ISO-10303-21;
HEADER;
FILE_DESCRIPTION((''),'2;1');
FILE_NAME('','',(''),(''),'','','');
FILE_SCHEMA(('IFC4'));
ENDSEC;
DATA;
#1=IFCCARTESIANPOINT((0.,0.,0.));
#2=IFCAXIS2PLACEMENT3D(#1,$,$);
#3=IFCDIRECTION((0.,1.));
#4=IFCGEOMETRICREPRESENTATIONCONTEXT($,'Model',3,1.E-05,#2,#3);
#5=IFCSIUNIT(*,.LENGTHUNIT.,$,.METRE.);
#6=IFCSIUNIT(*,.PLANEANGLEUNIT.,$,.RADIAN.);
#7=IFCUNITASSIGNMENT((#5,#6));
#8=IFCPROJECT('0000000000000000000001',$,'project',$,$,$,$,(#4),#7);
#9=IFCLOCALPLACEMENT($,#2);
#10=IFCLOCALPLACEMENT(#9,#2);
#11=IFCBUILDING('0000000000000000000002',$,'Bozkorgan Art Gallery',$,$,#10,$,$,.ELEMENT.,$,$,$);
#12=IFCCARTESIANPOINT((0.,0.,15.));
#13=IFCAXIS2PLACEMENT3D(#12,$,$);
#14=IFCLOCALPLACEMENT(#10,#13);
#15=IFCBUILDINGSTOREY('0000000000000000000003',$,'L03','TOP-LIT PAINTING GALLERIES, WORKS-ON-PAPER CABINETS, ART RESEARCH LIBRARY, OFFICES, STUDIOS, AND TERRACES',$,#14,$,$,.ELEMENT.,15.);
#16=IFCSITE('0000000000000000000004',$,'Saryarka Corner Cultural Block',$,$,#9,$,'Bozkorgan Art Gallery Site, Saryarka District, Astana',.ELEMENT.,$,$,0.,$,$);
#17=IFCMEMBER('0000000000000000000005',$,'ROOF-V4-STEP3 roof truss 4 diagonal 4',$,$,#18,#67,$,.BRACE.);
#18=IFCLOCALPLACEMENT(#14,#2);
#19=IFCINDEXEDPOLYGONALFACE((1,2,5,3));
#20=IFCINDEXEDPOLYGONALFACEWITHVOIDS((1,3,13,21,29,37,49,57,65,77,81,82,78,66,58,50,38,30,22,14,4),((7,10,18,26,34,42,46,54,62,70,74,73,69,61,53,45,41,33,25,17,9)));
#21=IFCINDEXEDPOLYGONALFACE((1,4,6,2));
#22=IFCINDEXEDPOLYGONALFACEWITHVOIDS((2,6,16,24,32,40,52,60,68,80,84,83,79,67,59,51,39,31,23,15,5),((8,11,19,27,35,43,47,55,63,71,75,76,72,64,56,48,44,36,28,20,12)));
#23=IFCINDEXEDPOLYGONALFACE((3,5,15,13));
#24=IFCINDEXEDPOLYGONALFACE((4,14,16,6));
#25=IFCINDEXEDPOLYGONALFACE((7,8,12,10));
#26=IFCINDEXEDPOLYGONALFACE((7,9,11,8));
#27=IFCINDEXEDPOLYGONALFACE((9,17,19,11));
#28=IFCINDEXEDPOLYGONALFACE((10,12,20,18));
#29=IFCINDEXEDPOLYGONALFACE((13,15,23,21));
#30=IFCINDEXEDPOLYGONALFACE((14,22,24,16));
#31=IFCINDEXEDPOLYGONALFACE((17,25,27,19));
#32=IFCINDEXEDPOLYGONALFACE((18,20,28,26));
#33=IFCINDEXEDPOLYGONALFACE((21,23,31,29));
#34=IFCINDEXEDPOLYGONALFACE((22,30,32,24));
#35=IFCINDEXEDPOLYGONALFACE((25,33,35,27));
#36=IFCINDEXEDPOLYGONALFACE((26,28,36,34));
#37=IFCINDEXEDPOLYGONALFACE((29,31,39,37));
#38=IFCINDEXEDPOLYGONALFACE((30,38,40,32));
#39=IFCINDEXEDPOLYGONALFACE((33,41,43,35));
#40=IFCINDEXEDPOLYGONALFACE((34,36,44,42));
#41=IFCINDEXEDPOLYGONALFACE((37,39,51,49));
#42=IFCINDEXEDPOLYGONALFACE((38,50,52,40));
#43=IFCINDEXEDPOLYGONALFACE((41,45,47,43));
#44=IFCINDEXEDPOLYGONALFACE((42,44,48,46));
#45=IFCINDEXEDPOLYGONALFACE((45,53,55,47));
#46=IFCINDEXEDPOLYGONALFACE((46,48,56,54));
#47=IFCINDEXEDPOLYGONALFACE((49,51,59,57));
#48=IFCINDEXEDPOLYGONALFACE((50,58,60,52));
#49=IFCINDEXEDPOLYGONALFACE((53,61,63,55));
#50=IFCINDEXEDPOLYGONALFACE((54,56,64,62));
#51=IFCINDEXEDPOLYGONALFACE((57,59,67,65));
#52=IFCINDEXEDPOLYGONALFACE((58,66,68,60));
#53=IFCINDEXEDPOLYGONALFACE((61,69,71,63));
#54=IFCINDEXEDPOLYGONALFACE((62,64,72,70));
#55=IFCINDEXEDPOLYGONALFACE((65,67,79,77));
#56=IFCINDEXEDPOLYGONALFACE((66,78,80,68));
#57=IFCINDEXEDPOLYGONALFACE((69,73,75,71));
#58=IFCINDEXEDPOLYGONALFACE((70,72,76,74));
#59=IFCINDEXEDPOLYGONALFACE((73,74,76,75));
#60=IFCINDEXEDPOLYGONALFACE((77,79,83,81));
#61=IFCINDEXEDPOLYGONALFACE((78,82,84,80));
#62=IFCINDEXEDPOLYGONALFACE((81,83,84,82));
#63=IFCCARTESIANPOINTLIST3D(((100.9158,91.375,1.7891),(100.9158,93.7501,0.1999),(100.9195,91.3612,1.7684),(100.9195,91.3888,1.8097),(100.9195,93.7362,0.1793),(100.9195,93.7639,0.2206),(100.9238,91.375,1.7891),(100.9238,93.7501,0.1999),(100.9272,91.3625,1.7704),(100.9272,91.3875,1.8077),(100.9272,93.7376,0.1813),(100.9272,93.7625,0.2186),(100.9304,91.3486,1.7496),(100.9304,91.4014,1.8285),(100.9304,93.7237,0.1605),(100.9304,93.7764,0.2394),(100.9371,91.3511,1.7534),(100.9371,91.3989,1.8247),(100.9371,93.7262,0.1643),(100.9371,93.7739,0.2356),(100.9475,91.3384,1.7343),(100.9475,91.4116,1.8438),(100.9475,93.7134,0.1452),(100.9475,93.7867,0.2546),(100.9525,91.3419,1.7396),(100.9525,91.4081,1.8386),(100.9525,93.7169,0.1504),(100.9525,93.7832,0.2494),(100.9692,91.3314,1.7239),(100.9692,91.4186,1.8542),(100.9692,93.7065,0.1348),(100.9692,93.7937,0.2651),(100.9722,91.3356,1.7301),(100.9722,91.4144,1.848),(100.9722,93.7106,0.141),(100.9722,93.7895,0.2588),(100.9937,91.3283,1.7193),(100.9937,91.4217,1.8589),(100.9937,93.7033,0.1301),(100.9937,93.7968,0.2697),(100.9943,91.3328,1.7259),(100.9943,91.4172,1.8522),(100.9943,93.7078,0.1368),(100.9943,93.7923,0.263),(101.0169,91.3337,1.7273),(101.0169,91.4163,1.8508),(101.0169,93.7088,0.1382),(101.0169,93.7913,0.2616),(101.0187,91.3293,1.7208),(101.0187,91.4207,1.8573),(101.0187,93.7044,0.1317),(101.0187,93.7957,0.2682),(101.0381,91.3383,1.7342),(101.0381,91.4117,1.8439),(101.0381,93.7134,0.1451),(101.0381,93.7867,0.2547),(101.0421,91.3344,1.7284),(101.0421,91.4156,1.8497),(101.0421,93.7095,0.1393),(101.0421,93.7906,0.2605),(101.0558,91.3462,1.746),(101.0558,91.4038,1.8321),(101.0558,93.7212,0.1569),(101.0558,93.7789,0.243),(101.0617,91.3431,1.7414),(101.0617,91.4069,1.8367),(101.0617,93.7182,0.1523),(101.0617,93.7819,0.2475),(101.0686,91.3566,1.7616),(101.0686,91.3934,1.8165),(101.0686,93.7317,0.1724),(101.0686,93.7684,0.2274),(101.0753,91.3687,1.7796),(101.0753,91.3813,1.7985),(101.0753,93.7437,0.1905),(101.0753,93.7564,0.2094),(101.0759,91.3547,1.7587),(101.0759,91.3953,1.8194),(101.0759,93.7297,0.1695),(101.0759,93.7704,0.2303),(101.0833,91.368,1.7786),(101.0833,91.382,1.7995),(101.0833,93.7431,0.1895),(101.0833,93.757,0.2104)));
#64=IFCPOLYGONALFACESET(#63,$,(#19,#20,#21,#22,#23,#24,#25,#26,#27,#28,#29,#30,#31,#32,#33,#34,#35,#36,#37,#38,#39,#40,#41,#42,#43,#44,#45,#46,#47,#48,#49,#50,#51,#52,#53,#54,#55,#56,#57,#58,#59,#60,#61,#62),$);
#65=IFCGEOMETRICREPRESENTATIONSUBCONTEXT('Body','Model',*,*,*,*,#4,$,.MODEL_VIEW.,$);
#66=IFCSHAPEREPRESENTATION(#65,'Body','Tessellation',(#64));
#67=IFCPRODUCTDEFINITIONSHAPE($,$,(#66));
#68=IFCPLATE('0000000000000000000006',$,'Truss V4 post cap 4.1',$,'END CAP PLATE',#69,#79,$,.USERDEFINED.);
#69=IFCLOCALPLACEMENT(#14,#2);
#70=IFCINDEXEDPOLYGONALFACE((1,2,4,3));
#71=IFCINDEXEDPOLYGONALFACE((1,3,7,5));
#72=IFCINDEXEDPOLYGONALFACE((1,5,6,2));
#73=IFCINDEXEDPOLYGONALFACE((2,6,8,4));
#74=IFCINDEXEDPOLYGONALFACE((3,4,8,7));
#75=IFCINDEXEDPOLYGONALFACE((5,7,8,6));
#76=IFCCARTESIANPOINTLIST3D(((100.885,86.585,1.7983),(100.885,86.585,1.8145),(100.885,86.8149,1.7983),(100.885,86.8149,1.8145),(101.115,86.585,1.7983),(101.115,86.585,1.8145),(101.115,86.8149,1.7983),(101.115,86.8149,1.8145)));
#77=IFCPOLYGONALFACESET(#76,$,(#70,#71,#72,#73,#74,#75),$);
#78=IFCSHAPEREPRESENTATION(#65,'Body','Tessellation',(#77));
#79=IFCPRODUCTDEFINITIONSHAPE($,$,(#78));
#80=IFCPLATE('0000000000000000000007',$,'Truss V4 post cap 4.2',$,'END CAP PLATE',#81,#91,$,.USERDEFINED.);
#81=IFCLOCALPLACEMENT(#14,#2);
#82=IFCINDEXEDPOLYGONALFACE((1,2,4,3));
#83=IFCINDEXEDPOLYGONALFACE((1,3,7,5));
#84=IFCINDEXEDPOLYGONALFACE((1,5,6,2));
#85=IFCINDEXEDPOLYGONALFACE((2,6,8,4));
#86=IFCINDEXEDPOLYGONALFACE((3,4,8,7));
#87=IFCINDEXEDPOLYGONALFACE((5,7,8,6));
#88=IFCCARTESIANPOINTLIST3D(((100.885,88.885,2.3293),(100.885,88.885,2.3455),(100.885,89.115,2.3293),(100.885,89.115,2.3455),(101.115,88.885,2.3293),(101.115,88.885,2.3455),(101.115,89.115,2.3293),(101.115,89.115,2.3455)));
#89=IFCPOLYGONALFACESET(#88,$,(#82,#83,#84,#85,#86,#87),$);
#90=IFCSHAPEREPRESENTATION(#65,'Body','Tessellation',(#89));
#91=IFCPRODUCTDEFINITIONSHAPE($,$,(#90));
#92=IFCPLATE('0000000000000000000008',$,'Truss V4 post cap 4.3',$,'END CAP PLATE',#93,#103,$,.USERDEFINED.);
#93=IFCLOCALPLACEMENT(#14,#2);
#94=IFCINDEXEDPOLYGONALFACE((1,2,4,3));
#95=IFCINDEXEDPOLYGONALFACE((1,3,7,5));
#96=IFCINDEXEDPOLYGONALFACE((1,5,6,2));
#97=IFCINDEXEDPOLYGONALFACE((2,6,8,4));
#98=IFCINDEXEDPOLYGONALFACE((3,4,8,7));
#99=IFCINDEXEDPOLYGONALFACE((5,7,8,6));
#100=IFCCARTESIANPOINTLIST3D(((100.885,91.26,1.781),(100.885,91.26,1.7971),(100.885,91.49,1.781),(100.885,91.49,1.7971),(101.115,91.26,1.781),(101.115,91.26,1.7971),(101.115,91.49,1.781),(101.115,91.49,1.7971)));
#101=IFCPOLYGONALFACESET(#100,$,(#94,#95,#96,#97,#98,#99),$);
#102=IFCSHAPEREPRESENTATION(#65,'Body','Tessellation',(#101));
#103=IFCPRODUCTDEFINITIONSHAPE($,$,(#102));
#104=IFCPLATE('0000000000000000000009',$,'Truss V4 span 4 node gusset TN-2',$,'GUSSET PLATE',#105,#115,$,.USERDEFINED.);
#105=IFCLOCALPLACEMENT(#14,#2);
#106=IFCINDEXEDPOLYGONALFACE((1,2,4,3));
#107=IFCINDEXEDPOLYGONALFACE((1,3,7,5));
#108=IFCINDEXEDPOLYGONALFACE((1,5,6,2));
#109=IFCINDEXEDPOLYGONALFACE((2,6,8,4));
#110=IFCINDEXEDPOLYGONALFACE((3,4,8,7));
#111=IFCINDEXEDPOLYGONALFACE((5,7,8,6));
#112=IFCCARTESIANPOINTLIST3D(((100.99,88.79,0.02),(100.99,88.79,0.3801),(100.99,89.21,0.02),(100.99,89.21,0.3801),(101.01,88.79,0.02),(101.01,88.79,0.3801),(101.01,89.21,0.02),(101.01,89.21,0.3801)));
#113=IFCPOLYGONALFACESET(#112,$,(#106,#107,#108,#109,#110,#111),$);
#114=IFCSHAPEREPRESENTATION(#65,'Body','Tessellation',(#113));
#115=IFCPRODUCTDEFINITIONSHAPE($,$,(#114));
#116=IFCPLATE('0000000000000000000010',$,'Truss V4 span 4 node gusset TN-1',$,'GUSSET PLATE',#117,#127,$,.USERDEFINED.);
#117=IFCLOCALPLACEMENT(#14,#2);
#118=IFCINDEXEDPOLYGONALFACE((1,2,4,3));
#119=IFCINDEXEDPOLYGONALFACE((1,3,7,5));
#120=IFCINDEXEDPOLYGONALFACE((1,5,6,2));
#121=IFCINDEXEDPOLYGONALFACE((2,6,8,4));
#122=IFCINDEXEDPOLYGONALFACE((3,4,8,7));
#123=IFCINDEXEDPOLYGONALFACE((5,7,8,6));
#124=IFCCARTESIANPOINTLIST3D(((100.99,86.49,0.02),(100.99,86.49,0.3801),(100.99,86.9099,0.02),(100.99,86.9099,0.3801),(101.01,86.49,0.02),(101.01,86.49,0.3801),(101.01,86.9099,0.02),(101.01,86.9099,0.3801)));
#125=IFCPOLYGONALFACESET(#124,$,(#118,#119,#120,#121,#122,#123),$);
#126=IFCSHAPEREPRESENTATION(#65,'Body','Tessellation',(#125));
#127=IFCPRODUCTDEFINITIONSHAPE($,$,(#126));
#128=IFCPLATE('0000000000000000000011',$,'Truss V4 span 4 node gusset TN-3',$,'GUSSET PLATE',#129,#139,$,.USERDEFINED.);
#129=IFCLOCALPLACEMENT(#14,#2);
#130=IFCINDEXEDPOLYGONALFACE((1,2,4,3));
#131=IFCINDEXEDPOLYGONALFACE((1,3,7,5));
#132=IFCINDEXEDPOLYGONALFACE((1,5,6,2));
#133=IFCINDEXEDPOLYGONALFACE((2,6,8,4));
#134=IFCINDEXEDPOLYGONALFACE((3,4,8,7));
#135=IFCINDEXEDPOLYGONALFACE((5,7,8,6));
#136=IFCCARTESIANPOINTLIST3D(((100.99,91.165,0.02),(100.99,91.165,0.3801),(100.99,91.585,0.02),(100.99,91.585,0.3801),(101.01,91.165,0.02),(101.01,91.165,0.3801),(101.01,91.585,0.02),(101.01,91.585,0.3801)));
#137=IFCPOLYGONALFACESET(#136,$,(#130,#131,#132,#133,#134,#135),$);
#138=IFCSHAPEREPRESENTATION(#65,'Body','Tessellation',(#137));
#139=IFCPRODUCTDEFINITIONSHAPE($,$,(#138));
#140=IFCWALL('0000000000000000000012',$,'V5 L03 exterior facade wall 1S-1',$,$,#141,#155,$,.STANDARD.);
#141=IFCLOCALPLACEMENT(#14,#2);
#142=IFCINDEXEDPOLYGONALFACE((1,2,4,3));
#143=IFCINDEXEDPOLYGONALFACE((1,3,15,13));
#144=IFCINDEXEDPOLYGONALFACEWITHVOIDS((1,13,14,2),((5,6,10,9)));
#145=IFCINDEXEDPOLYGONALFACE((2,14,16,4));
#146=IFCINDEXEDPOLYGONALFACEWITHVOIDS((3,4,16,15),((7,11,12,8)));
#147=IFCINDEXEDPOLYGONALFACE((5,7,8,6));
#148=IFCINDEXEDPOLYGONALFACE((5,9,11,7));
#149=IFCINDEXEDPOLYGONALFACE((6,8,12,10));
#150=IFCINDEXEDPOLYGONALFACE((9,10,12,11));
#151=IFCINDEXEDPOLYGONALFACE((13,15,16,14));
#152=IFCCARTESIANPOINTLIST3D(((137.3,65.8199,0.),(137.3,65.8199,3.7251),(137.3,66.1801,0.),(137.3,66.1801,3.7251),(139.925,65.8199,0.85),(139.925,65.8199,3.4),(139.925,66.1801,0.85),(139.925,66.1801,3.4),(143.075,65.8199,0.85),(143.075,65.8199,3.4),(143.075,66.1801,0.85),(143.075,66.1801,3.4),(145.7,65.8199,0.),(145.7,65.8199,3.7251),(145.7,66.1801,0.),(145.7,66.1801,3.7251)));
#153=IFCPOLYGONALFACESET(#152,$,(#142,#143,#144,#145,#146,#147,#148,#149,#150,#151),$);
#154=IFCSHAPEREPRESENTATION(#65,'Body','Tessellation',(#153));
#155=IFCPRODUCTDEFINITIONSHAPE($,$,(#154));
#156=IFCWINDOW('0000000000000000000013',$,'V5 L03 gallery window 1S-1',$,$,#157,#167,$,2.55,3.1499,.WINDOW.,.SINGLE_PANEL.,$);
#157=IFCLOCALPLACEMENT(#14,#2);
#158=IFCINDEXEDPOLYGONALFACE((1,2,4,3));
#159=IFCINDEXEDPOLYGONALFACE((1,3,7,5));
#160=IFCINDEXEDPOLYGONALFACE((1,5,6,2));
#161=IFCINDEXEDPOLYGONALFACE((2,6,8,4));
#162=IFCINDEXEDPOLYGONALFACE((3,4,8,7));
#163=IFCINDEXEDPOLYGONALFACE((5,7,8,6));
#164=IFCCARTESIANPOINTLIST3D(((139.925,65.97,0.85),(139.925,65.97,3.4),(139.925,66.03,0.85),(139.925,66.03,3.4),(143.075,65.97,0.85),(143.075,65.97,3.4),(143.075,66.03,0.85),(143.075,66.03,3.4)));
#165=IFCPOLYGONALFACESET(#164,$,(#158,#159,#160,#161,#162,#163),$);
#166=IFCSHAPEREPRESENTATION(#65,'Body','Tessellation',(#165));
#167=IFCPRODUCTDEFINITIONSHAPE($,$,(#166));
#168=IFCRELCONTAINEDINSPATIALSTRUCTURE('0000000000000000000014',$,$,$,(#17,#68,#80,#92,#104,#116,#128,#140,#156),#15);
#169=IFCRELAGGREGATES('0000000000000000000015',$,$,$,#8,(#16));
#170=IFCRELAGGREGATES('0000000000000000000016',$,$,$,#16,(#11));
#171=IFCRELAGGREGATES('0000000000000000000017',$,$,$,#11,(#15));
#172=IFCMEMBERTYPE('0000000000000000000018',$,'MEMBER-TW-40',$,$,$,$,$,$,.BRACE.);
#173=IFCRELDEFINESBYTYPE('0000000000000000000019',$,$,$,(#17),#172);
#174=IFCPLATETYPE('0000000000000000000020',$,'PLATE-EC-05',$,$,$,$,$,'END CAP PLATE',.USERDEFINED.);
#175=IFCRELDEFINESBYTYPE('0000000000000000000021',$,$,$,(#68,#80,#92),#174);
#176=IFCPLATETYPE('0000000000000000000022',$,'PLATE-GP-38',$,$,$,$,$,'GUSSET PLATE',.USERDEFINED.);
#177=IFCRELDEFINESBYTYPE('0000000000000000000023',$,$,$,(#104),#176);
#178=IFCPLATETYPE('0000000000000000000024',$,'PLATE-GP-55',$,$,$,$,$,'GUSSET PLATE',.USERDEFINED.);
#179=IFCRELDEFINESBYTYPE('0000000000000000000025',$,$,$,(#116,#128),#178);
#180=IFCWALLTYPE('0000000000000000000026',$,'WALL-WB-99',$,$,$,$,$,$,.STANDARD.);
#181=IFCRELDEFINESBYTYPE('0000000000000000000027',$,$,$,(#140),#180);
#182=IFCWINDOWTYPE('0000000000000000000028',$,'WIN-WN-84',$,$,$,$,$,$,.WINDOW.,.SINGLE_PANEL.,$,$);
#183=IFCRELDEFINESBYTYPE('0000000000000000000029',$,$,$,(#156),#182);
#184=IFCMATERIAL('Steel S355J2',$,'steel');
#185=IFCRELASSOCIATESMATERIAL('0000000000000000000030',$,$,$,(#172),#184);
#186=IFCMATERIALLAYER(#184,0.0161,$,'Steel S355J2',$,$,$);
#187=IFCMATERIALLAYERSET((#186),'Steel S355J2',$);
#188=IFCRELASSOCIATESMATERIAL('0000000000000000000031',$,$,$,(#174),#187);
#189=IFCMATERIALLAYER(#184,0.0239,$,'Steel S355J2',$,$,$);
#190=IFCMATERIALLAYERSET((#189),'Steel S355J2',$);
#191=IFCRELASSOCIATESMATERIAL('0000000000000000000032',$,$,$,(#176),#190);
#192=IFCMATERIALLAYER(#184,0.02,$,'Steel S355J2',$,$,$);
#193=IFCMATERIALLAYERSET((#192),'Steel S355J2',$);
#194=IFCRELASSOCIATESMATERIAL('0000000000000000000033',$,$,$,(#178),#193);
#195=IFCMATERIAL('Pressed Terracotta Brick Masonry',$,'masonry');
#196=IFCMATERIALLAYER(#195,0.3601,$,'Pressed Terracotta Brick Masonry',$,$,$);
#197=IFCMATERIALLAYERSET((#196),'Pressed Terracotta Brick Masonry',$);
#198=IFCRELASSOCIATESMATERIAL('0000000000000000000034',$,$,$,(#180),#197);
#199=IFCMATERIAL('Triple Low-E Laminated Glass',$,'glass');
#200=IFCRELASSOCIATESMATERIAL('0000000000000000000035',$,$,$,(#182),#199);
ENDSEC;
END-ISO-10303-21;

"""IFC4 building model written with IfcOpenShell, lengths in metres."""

from ifc_helpers import new_model, si_unit, direction, frame, frame_2d, origin, origin_2d, place, context, subcontext, project, spatial, rectangle, hollow_circle, extrude, material, layer, layer_set, material_profile, profile_set, type_object, element, fill, save


model = new_model("IFC4")

# Units and contexts
model_context = context("Model", 3, precision=1e-05, world=origin(), true_north=direction((0.0, 1.0)))
body_context = subcontext(model_context, "Body", "Model", "MODEL_VIEW")
ifc_project = project(units=[si_unit("LENGTHUNIT", "METRE"), si_unit("PLANEANGLEUNIT", "RADIAN")], contexts=[model_context])

# Site, building, storey
site_placement = place(None, origin())
site = spatial("IfcSite", under=ifc_project, at=site_placement, Name="Saryarka Corner Cultural Block", LongName="Bozkorgan Art Gallery Site, Saryarka District, Astana", CompositionType="ELEMENT", RefElevation=0.0)
building_placement = place(site_placement, origin())
building = spatial("IfcBuilding", under=site, at=building_placement, Name="Bozkorgan Art Gallery", CompositionType="ELEMENT")
storey_placement = place(building_placement, frame((0.0, 0.0, 15.0)))
storey = spatial("IfcBuildingStorey", under=building, at=storey_placement, Name="L03", Description="TOP-LIT PAINTING GALLERIES, WORKS-ON-PAPER CABINETS, ART RESEARCH LIBRARY, OFFICES, STUDIOS, AND TERRACES", CompositionType="ELEMENT", Elevation=15.0)

# Shared definitions
ifc_material_1 = material(Name="Steel S355J2", Category="steel")

# Member
ifc_material_profile_1 = material_profile(ifc_material_1, hollow_circle(Radius=0.0842, WallThickness=0.0081, at=origin_2d()), Name="CHS 168.3x8")
ifc_profile_set_1 = profile_set([ifc_material_profile_1], Name="Steel S355J2")
member_type_1 = type_object("IfcMemberType", Name="MEMBER-TW-40", PredefinedType="BRACE", material=ifc_profile_set_1)
for number, where, z_axis, x_axis, name in (
    (1, (101.0, 91.375, 1.7891), (0.0, 0.831116, -0.556099), (-1.0, 0.0, 0.0), "ROOF-V4-STEP3 roof truss 4 diagonal 4"),
):
    element("IfcMember", number, at=place(storey_placement, frame(where, z_axis=z_axis, x_axis=x_axis)), inside=storey, type_object=member_type_1, Name=name, PredefinedType="BRACE", context=body_context, shape_type="SweptSolid", body=[
        extrude(hollow_circle(Radius=0.0842, WallThickness=0.0081, at=origin_2d()), origin(), (0.0, 0.0, 1.0), 2.8577),
    ])

# Plates
ifc_layer_1 = layer(ifc_material_1, 0.0161, Name="Steel S355J2")
ifc_layer_set_1 = layer_set([ifc_layer_1], Name="Steel S355J2")
plate_type_1 = type_object("IfcPlateType", Name="PLATE-EC-05", ElementType="END CAP PLATE", PredefinedType="USERDEFINED", material=ifc_layer_set_1)
for number, where, z_axis, x_axis, name in (
    (2, (101.0, 86.7, 1.7983), (0.0, 0.0, 1.0), (1.0, 0.0, 0.0), "Truss V4 post cap 4.1"),
    (3, (101.0, 89.0, 2.3293), (0.0, 0.0, 1.0), (1.0, 0.0, 0.0), "Truss V4 post cap 4.2"),
    (4, (101.0, 91.375, 1.781), (0.0, 0.0, 1.0), (1.0, 0.0, 0.0), "Truss V4 post cap 4.3"),
):
    element("IfcPlate", number, at=place(storey_placement, frame(where, z_axis=z_axis, x_axis=x_axis)), inside=storey, type_object=plate_type_1, Name=name, ObjectType="END CAP PLATE", PredefinedType="USERDEFINED", context=body_context, shape_type="SweptSolid", body=[
        extrude(rectangle(XDim=0.23, YDim=0.23, at=origin_2d()), origin(), (0.0, 0.0, 1.0), 0.0161),
    ])
ifc_layer_2 = layer(ifc_material_1, 0.0239, Name="Steel S355J2")
ifc_layer_set_2 = layer_set([ifc_layer_2], Name="Steel S355J2")
plate_type_2 = type_object("IfcPlateType", Name="PLATE-GP-38", ElementType="GUSSET PLATE", PredefinedType="USERDEFINED", material=ifc_layer_set_2)
plate_placement = place(storey_placement, frame((101.0, 89.0, 0.02), z_axis=(0.0, 0.0, 1.0), x_axis=(1.0, 0.0, 0.0)))
element("IfcPlate", 5, at=plate_placement, inside=storey, type_object=plate_type_2, Name="Truss V4 span 4 node gusset TN-2", ObjectType="GUSSET PLATE", PredefinedType="USERDEFINED", context=body_context, shape_type="SweptSolid", body=[
    extrude(rectangle(XDim=0.02, YDim=0.4199, at=origin_2d()), origin(), (0.0, 0.0, 1.0), 0.3601),
])
ifc_layer_3 = layer(ifc_material_1, 0.02, Name="Steel S355J2")
ifc_layer_set_3 = layer_set([ifc_layer_3], Name="Steel S355J2")
plate_type_3 = type_object("IfcPlateType", Name="PLATE-GP-55", ElementType="GUSSET PLATE", PredefinedType="USERDEFINED", material=ifc_layer_set_3)
for number, where, z_axis, x_axis, name in (
    (6, (101.0, 86.7, 0.02), (0.0, 0.0, 1.0), (1.0, 0.0, 0.0), "Truss V4 span 4 node gusset TN-1"),
    (7, (101.0, 91.375, 0.02), (0.0, 0.0, 1.0), (1.0, 0.0, 0.0), "Truss V4 span 4 node gusset TN-3"),
):
    element("IfcPlate", number, at=place(storey_placement, frame(where, z_axis=z_axis, x_axis=x_axis)), inside=storey, type_object=plate_type_3, Name=name, ObjectType="GUSSET PLATE", PredefinedType="USERDEFINED", context=body_context, shape_type="SweptSolid", body=[
        extrude(rectangle(XDim=0.02, YDim=0.4199, at=origin_2d()), origin(), (0.0, 0.0, 1.0), 0.3601),
    ])

# Wall, opening, window
ifc_material_2 = material(Name="Pressed Terracotta Brick Masonry", Category="masonry")
ifc_layer_4 = layer(ifc_material_2, 0.3601, Name="Pressed Terracotta Brick Masonry")
ifc_layer_set_4 = layer_set([ifc_layer_4], Name="Pressed Terracotta Brick Masonry")
wall_type = type_object("IfcWallType", Name="WALL-WB-99", PredefinedType="STANDARD", material=ifc_layer_set_4)
wall_1_placement = place(storey_placement, frame((137.3, 66.0, 0.0), z_axis=(0.0, 0.0, 1.0), x_axis=(1.0, 0.0, 0.0)))
wall_1 = element("IfcWall", 8, at=wall_1_placement, inside=storey, type_object=wall_type, Name="V5 L03 exterior facade wall 1S-1", PredefinedType="STANDARD", context=body_context, shape_type="SweptSolid", body=[
    extrude(rectangle(XDim=8.3999, YDim=0.3601, at=frame_2d((4.2, 0.0))), origin(), (0.0, 0.0, 1.0), 3.7251),
])
opening_1_placement = place(wall_1_placement, frame((5.7749, 0.0, 0.8501), z_axis=(0.0, 0.0, 1.0), x_axis=(-1.0, 0.0, 0.0)))
opening_1 = element("IfcOpeningElement", 9, at=opening_1_placement, cuts=wall_1, PredefinedType="OPENING", context=body_context, shape_type="SweptSolid", body=[
    extrude(rectangle(XDim=3.1499, YDim=2.55, at=frame_2d((1.575, 1.2749))), frame((0.0, 0.1899, 0.0), z_axis=(0.0, -1.0, 0.0), x_axis=(1.0, 0.0, 0.0)), (0.0, 0.0, 1.0), 0.3801),
])
ifc_material_3 = material(Name="Triple Low-E Laminated Glass", Category="glass")
window_type_1 = type_object("IfcWindowType", Name="WIN-WN-84", PartitioningType="SINGLE_PANEL", PredefinedType="WINDOW", material=ifc_material_3)
window_1_placement = place(opening_1_placement, origin())
window_1 = element("IfcWindow", 10, at=window_1_placement, inside=storey, type_object=window_type_1, Name="V5 L03 gallery window 1S-1", OverallHeight=2.55, OverallWidth=3.1499, PartitioningType="SINGLE_PANEL", PredefinedType="WINDOW", context=body_context, shape_type="SweptSolid", body=[
    extrude(rectangle(XDim=3.1499, YDim=2.55, at=frame_2d((1.575, 1.2749))), frame((0.0, 0.03, 0.0), z_axis=(0.0, -1.0, 0.0), x_axis=(1.0, 0.0, 0.0)), (0.0, 0.0, 1.0), 0.0601),
])
fill(opening_1, window_1)

save(model, "model.ifc")
